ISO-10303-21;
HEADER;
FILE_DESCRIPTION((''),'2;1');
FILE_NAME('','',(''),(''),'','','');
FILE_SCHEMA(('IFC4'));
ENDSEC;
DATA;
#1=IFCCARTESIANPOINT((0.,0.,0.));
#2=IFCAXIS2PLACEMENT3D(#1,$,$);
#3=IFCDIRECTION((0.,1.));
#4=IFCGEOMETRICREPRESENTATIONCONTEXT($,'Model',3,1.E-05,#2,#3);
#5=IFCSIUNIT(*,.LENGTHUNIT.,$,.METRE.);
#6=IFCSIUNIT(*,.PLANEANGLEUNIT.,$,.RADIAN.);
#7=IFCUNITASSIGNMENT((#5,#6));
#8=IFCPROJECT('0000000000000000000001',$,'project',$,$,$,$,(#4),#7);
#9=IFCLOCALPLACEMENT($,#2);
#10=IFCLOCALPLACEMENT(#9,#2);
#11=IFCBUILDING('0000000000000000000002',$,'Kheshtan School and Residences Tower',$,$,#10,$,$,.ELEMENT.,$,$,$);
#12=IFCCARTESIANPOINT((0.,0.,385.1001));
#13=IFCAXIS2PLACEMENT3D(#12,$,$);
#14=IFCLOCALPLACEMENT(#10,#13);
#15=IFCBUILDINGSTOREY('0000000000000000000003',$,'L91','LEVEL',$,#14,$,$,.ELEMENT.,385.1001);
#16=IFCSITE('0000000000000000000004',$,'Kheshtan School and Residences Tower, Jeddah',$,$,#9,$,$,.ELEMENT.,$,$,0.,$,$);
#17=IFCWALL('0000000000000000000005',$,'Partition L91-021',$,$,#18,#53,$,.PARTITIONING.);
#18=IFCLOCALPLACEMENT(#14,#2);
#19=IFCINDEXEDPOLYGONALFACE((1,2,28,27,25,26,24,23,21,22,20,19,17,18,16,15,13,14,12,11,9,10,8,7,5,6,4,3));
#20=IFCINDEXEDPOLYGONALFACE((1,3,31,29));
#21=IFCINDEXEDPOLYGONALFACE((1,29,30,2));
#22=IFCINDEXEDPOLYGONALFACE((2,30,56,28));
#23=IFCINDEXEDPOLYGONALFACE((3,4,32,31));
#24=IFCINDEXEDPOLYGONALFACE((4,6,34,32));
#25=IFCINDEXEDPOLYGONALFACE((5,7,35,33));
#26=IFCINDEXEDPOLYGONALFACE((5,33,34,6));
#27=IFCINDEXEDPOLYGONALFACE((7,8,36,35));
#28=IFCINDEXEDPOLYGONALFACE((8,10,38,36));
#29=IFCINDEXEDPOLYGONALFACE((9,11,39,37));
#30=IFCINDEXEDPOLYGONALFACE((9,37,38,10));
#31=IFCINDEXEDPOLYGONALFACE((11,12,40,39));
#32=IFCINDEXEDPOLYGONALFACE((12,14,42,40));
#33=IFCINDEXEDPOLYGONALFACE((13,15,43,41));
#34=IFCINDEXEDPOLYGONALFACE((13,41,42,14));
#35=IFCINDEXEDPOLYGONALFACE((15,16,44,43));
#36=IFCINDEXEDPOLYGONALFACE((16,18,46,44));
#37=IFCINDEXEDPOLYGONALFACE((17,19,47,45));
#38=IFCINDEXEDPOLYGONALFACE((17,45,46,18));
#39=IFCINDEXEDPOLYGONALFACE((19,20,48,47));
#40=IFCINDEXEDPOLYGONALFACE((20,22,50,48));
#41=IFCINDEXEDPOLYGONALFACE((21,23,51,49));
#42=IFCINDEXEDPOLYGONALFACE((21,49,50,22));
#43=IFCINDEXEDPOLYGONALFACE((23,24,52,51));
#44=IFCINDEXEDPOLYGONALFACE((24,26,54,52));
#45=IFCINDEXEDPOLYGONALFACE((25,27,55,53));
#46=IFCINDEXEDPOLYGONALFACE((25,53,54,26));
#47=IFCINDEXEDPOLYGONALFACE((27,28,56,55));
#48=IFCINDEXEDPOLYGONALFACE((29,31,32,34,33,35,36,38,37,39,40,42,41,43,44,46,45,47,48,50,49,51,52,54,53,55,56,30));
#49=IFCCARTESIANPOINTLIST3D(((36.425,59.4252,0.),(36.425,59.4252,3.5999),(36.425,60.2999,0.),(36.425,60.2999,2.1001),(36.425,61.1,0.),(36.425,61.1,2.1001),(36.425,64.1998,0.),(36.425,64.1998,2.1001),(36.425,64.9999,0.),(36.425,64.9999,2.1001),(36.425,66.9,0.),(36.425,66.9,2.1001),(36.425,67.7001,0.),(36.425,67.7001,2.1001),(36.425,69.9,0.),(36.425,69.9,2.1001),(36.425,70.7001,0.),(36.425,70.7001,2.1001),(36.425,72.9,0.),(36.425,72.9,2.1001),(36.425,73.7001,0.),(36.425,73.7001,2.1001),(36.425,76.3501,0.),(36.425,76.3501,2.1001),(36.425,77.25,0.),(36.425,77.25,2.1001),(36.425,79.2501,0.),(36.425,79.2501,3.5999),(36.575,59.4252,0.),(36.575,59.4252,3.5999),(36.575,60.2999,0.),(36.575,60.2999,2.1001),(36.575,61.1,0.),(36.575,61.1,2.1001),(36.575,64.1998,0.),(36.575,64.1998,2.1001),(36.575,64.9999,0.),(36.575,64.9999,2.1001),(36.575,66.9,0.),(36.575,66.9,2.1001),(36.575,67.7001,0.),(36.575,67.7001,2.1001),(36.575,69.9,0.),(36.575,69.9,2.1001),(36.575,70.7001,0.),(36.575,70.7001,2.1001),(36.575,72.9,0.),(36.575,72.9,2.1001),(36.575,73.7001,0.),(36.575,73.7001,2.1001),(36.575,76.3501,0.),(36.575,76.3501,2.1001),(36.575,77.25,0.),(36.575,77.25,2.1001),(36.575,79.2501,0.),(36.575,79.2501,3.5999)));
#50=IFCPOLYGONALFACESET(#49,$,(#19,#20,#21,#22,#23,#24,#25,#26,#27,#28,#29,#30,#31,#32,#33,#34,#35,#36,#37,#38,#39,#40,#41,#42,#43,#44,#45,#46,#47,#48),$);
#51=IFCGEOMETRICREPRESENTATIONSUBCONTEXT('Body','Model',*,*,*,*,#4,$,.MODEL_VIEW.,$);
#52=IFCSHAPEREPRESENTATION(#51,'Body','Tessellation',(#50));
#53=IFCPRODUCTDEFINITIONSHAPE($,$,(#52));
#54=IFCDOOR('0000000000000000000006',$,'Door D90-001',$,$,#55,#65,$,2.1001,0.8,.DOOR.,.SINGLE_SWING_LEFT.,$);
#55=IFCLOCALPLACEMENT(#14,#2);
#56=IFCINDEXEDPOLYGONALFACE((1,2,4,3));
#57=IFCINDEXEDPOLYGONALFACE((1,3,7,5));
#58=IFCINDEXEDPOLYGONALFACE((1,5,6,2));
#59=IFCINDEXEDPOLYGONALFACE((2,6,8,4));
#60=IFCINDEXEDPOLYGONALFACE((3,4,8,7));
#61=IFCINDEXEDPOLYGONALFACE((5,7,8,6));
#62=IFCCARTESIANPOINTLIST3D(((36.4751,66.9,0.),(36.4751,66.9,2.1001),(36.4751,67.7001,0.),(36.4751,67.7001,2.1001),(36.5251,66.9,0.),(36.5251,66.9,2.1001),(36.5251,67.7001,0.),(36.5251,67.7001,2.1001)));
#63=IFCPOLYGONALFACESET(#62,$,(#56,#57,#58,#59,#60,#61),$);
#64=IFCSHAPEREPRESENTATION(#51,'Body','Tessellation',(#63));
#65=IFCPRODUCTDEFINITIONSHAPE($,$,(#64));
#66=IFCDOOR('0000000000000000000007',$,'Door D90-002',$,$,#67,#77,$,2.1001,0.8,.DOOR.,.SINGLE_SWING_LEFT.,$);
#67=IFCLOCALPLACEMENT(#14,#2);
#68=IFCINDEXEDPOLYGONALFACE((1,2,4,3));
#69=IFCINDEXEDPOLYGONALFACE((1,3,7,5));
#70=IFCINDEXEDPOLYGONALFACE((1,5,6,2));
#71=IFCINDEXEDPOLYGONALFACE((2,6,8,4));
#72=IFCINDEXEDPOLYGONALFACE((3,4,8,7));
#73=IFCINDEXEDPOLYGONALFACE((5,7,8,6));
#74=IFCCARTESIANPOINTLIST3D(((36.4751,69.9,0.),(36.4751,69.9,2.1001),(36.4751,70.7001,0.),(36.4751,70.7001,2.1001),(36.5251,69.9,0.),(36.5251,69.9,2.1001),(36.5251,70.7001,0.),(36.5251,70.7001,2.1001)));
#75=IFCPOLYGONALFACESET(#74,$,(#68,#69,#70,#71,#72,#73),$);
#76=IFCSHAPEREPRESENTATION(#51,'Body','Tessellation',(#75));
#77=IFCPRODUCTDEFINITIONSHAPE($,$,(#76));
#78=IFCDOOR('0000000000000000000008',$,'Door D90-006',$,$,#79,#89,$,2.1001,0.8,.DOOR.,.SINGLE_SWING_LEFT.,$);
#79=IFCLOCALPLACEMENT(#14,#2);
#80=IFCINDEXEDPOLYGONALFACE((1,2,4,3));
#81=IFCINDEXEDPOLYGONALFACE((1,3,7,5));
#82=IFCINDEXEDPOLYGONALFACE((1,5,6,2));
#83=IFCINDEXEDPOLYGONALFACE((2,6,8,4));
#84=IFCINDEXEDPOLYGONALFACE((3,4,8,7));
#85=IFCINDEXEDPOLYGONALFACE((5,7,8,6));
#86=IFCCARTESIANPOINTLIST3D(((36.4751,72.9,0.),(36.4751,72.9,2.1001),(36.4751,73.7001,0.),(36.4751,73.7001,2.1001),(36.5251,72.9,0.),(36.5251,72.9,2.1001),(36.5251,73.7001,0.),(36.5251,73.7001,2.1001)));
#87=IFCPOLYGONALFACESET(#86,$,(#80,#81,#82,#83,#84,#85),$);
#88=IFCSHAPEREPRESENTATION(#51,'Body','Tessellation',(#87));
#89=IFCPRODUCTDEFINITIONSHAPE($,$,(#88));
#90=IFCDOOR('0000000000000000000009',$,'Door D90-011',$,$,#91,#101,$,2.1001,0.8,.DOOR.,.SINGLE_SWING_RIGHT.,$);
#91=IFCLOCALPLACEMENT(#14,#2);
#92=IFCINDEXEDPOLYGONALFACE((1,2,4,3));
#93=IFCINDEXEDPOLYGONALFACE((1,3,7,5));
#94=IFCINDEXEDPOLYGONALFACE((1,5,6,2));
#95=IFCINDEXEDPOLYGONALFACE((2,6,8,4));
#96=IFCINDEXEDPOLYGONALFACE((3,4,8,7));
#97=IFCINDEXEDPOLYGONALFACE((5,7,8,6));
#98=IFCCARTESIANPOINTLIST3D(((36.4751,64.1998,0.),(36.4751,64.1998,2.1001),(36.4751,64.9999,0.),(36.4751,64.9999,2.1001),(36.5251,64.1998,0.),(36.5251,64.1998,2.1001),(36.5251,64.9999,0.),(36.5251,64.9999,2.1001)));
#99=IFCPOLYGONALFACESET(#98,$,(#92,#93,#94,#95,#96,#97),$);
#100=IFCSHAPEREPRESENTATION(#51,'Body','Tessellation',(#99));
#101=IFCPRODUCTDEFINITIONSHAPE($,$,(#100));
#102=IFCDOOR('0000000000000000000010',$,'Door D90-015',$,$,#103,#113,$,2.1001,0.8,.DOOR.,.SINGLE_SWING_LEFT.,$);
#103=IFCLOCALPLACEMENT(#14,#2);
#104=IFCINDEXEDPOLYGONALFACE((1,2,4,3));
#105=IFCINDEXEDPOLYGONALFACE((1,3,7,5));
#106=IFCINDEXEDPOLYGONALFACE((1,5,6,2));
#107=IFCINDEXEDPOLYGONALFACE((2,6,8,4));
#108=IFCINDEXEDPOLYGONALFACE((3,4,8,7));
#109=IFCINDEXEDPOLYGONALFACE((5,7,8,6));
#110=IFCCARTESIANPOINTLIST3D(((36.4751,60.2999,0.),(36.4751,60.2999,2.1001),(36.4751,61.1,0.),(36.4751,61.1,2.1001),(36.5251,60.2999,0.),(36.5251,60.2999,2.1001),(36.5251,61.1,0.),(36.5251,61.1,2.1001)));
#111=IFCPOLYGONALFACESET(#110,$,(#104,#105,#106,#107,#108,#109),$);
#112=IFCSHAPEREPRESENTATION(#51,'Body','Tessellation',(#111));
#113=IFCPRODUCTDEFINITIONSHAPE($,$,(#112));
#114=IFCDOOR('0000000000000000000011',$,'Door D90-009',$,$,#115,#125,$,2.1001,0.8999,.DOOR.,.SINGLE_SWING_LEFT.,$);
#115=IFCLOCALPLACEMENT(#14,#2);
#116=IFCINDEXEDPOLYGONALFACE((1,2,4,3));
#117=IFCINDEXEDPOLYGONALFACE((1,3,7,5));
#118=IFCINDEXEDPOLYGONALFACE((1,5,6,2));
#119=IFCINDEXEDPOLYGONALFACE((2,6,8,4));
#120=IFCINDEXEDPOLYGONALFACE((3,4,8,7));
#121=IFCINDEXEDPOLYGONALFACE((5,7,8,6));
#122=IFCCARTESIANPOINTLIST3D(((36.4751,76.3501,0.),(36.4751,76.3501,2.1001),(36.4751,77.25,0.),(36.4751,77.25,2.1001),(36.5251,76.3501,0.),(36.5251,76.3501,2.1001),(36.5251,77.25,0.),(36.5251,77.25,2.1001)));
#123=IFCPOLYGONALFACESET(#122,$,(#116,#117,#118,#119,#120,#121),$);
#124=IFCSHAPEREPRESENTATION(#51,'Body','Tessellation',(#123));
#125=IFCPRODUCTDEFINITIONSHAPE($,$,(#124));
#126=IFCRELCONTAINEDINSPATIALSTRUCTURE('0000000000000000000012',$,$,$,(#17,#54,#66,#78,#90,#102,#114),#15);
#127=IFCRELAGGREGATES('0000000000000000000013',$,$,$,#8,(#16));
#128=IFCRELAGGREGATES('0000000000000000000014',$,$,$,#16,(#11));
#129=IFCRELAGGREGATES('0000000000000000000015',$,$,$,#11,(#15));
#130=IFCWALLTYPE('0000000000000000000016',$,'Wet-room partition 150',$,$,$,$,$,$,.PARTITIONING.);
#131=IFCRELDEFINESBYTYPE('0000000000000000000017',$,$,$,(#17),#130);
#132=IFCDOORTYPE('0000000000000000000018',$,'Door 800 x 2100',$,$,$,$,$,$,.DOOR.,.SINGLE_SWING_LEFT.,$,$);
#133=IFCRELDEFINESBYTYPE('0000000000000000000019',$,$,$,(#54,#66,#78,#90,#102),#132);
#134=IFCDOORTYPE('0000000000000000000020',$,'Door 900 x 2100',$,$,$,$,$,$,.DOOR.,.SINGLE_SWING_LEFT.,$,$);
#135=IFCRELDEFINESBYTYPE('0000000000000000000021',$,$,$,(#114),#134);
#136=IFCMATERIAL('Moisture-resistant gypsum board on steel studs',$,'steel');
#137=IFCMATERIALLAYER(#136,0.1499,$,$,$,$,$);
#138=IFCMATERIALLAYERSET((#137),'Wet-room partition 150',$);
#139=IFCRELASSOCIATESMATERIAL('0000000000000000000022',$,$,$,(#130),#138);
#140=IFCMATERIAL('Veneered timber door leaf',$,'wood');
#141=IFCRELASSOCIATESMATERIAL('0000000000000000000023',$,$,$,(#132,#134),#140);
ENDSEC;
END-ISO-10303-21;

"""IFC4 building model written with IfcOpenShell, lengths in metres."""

from ifc_helpers import new_model, si_unit, direction, frame, frame_2d, origin, place, context, subcontext, project, spatial, rectangle, extrude, source, transform, mapped, material, layer, layer_set, type_object, element, fill, save


model = new_model("IFC4")

# Units and contexts
model_context = context("Model", 3, precision=1e-05, world=origin(), true_north=direction((0.0, 1.0)))
body_context = subcontext(model_context, "Body", "Model", "MODEL_VIEW")
ifc_project = project(units=[si_unit("LENGTHUNIT", "METRE"), si_unit("PLANEANGLEUNIT", "RADIAN")], contexts=[model_context])

# Site, building, storey
site_placement = place(None, origin())
site = spatial("IfcSite", under=ifc_project, at=site_placement, Name="Kheshtan School and Residences Tower, Jeddah", CompositionType="ELEMENT", RefElevation=0.0)
building_placement = place(site_placement, origin())
building = spatial("IfcBuilding", under=site, at=building_placement, Name="Kheshtan School and Residences Tower", CompositionType="ELEMENT")
storey_placement = place(building_placement, frame((0.0, 0.0, 385.1001)))
storey = spatial("IfcBuildingStorey", under=building, at=storey_placement, Name="L91", Description="LEVEL", CompositionType="ELEMENT", Elevation=385.1001)

# Wall, openings, doors
ifc_material_1 = material(Name="Moisture-resistant gypsum board on steel studs", Category="steel")
ifc_layer_1 = layer(ifc_material_1, 0.1499)
ifc_layer_set_1 = layer_set([ifc_layer_1], Name="Wet-room partition 150")
wall_type_1 = type_object("IfcWallType", Name="Wet-room partition 150", PredefinedType="PARTITIONING", material=ifc_layer_set_1)
wall_1_placement = place(storey_placement, frame((36.5, 59.425, 0.0), z_axis=(0.0, 0.0, 1.0), x_axis=(0.0, 1.0, 0.0)))
wall_1 = element("IfcWall", 1, at=wall_1_placement, inside=storey, type_object=wall_type_1, Name="Partition L91-021", PredefinedType="PARTITIONING", context=body_context, shape_type="SweptSolid", body=[
    extrude(rectangle(XDim=19.825, YDim=0.1499, at=frame_2d((9.9126, 0.0))), origin(), (0.0, 0.0, 1.0), 3.5999),
])
opening_1_placement = place(wall_1_placement, frame((7.4751, 0.0, 0.0)))
opening_1 = element("IfcOpeningElement", 2, at=opening_1_placement, cuts=wall_1, PredefinedType="OPENING", context=body_context, shape_type="SweptSolid", body=[
    extrude(rectangle(XDim=0.8, YDim=2.1001, at=frame_2d((0.3999, 1.05))), frame((0.0, 0.085, 0.0), z_axis=(0.0, -1.0, 0.0), x_axis=(1.0, 0.0, 0.0)), (0.0, 0.0, 1.0), 0.1699),
])
opening_2_placement = place(wall_1_placement, frame((10.4751, 0.0, 0.0)))
opening_2 = element("IfcOpeningElement", 3, at=opening_2_placement, cuts=wall_1, PredefinedType="OPENING", context=body_context, shape_type="SweptSolid", body=[
    extrude(rectangle(XDim=0.8, YDim=2.1001, at=frame_2d((0.3999, 1.05))), frame((0.0, 0.085, 0.0), z_axis=(0.0, -1.0, 0.0), x_axis=(1.0, 0.0, 0.0)), (0.0, 0.0, 1.0), 0.1699),
])
opening_3_placement = place(wall_1_placement, frame((13.4751, 0.0, 0.0)))
opening_3 = element("IfcOpeningElement", 4, at=opening_3_placement, cuts=wall_1, PredefinedType="OPENING", context=body_context, shape_type="SweptSolid", body=[
    extrude(rectangle(XDim=0.8, YDim=2.1001, at=frame_2d((0.3999, 1.05))), frame((0.0, 0.085, 0.0), z_axis=(0.0, -1.0, 0.0), x_axis=(1.0, 0.0, 0.0)), (0.0, 0.0, 1.0), 0.1699),
])
opening_4_placement = place(wall_1_placement, frame((16.925, 0.0, 0.0)))
opening_4 = element("IfcOpeningElement", 5, at=opening_4_placement, cuts=wall_1, PredefinedType="OPENING", context=body_context, shape_type="SweptSolid", body=[
    extrude(rectangle(XDim=0.8999, YDim=2.1001, at=frame_2d((0.45, 1.05))), frame((0.0, 0.085, 0.0), z_axis=(0.0, -1.0, 0.0), x_axis=(1.0, 0.0, 0.0)), (0.0, 0.0, 1.0), 0.1699),
])
opening_5_placement = place(wall_1_placement, frame((4.7749, 0.0, 0.0)))
opening_5 = element("IfcOpeningElement", 6, at=opening_5_placement, cuts=wall_1, PredefinedType="OPENING", context=body_context, shape_type="SweptSolid", body=[
    extrude(rectangle(XDim=0.8, YDim=2.1001, at=frame_2d((0.3999, 1.05))), frame((0.0, 0.085, 0.0), z_axis=(0.0, -1.0, 0.0), x_axis=(1.0, 0.0, 0.0)), (0.0, 0.0, 1.0), 0.1699),
])
opening_6_placement = place(wall_1_placement, frame((0.875, 0.0, 0.0)))
opening_6 = element("IfcOpeningElement", 7, at=opening_6_placement, cuts=wall_1, PredefinedType="OPENING", context=body_context, shape_type="SweptSolid", body=[
    extrude(rectangle(XDim=0.8, YDim=2.1001, at=frame_2d((0.3999, 1.05))), frame((0.0, 0.085, 0.0), z_axis=(0.0, -1.0, 0.0), x_axis=(1.0, 0.0, 0.0)), (0.0, 0.0, 1.0), 0.1699),
])
ifc_material_2 = material(Name="Veneered timber door leaf", Category="wood")
door_type_1 = type_object("IfcDoorType", Name="Door 800 x 2100", OperationType="SINGLE_SWING_LEFT", PredefinedType="DOOR", material=ifc_material_2)
shared_shape_1 = source(origin(), body_context, "Body", "SweptSolid", [
    extrude(rectangle(XDim=0.8, YDim=2.1001, at=frame_2d((0.3999, 1.05))), frame((0.0, 0.0249, 0.0), z_axis=(0.0, -1.0, 0.0), x_axis=(1.0, 0.0, 0.0)), (0.0, 0.0, 1.0), 0.05),
])
door_1_placement = place(opening_1_placement, origin())
door_1 = element("IfcDoor", 8, at=door_1_placement, inside=storey, type_object=door_type_1, Name="Door D90-001", OperationType="SINGLE_SWING_LEFT", OverallHeight=2.1001, OverallWidth=0.8, PredefinedType="DOOR", context=body_context, shape_type="MappedRepresentation", body=[
    mapped(shared_shape_1, transform((0.0, 0.0, 0.0), x_axis=(1.0, 0.0, 0.0), y_axis=(0.0, 1.0, 0.0), z_axis=(0.0, 0.0, 1.0), scale=1.0)),
])
fill(opening_1, door_1)
door_2_placement = place(opening_2_placement, origin())
door_2 = element("IfcDoor", 9, at=door_2_placement, inside=storey, type_object=door_type_1, Name="Door D90-002", OperationType="SINGLE_SWING_LEFT", OverallHeight=2.1001, OverallWidth=0.8, PredefinedType="DOOR", context=body_context, shape_type="MappedRepresentation", body=[
    mapped(shared_shape_1, transform((0.0, 0.0, 0.0), x_axis=(1.0, 0.0, 0.0), y_axis=(0.0, 1.0, 0.0), z_axis=(0.0, 0.0, 1.0), scale=1.0)),
])
fill(opening_2, door_2)
door_3_placement = place(opening_3_placement, origin())
door_3 = element("IfcDoor", 10, at=door_3_placement, inside=storey, type_object=door_type_1, Name="Door D90-006", OperationType="SINGLE_SWING_LEFT", OverallHeight=2.1001, OverallWidth=0.8, PredefinedType="DOOR", context=body_context, shape_type="MappedRepresentation", body=[
    mapped(shared_shape_1, transform((0.0, 0.0, 0.0), x_axis=(1.0, 0.0, 0.0), y_axis=(0.0, 1.0, 0.0), z_axis=(0.0, 0.0, 1.0), scale=1.0)),
])
fill(opening_3, door_3)
door_4_placement = place(opening_5_placement, origin())
door_4 = element("IfcDoor", 11, at=door_4_placement, inside=storey, type_object=door_type_1, Name="Door D90-011", OperationType="SINGLE_SWING_RIGHT", OverallHeight=2.1001, OverallWidth=0.8, PredefinedType="DOOR", context=body_context, shape_type="MappedRepresentation", body=[
    mapped(shared_shape_1, transform((0.0, 0.0, 0.0), x_axis=(1.0, 0.0, 0.0), y_axis=(0.0, 1.0, 0.0), z_axis=(0.0, 0.0, 1.0), scale=1.0)),
])
fill(opening_5, door_4)
door_5_placement = place(opening_6_placement, origin())
door_5 = element("IfcDoor", 12, at=door_5_placement, inside=storey, type_object=door_type_1, Name="Door D90-015", OperationType="SINGLE_SWING_LEFT", OverallHeight=2.1001, OverallWidth=0.8, PredefinedType="DOOR", context=body_context, shape_type="MappedRepresentation", body=[
    mapped(shared_shape_1, transform((0.0, 0.0, 0.0), x_axis=(1.0, 0.0, 0.0), y_axis=(0.0, 1.0, 0.0), z_axis=(0.0, 0.0, 1.0), scale=1.0)),
])
fill(opening_6, door_5)
door_type_2 = type_object("IfcDoorType", Name="Door 900 x 2100", OperationType="SINGLE_SWING_LEFT", PredefinedType="DOOR", material=ifc_material_2)
shared_shape_2 = source(origin(), body_context, "Body", "SweptSolid", [
    extrude(rectangle(XDim=0.8999, YDim=2.1001, at=frame_2d((0.45, 1.05))), frame((0.0, 0.0249, 0.0), z_axis=(0.0, -1.0, 0.0), x_axis=(1.0, 0.0, 0.0)), (0.0, 0.0, 1.0), 0.05),
])
door_6_placement = place(opening_4_placement, origin())
door_6 = element("IfcDoor", 13, at=door_6_placement, inside=storey, type_object=door_type_2, Name="Door D90-009", OperationType="SINGLE_SWING_LEFT", OverallHeight=2.1001, OverallWidth=0.8999, PredefinedType="DOOR", context=body_context, shape_type="MappedRepresentation", body=[
    mapped(shared_shape_2, transform((0.0, 0.0, 0.0), x_axis=(1.0, 0.0, 0.0), y_axis=(0.0, 1.0, 0.0), z_axis=(0.0, 0.0, 1.0), scale=1.0)),
])
fill(opening_4, door_6)

save(model, "model.ifc")
